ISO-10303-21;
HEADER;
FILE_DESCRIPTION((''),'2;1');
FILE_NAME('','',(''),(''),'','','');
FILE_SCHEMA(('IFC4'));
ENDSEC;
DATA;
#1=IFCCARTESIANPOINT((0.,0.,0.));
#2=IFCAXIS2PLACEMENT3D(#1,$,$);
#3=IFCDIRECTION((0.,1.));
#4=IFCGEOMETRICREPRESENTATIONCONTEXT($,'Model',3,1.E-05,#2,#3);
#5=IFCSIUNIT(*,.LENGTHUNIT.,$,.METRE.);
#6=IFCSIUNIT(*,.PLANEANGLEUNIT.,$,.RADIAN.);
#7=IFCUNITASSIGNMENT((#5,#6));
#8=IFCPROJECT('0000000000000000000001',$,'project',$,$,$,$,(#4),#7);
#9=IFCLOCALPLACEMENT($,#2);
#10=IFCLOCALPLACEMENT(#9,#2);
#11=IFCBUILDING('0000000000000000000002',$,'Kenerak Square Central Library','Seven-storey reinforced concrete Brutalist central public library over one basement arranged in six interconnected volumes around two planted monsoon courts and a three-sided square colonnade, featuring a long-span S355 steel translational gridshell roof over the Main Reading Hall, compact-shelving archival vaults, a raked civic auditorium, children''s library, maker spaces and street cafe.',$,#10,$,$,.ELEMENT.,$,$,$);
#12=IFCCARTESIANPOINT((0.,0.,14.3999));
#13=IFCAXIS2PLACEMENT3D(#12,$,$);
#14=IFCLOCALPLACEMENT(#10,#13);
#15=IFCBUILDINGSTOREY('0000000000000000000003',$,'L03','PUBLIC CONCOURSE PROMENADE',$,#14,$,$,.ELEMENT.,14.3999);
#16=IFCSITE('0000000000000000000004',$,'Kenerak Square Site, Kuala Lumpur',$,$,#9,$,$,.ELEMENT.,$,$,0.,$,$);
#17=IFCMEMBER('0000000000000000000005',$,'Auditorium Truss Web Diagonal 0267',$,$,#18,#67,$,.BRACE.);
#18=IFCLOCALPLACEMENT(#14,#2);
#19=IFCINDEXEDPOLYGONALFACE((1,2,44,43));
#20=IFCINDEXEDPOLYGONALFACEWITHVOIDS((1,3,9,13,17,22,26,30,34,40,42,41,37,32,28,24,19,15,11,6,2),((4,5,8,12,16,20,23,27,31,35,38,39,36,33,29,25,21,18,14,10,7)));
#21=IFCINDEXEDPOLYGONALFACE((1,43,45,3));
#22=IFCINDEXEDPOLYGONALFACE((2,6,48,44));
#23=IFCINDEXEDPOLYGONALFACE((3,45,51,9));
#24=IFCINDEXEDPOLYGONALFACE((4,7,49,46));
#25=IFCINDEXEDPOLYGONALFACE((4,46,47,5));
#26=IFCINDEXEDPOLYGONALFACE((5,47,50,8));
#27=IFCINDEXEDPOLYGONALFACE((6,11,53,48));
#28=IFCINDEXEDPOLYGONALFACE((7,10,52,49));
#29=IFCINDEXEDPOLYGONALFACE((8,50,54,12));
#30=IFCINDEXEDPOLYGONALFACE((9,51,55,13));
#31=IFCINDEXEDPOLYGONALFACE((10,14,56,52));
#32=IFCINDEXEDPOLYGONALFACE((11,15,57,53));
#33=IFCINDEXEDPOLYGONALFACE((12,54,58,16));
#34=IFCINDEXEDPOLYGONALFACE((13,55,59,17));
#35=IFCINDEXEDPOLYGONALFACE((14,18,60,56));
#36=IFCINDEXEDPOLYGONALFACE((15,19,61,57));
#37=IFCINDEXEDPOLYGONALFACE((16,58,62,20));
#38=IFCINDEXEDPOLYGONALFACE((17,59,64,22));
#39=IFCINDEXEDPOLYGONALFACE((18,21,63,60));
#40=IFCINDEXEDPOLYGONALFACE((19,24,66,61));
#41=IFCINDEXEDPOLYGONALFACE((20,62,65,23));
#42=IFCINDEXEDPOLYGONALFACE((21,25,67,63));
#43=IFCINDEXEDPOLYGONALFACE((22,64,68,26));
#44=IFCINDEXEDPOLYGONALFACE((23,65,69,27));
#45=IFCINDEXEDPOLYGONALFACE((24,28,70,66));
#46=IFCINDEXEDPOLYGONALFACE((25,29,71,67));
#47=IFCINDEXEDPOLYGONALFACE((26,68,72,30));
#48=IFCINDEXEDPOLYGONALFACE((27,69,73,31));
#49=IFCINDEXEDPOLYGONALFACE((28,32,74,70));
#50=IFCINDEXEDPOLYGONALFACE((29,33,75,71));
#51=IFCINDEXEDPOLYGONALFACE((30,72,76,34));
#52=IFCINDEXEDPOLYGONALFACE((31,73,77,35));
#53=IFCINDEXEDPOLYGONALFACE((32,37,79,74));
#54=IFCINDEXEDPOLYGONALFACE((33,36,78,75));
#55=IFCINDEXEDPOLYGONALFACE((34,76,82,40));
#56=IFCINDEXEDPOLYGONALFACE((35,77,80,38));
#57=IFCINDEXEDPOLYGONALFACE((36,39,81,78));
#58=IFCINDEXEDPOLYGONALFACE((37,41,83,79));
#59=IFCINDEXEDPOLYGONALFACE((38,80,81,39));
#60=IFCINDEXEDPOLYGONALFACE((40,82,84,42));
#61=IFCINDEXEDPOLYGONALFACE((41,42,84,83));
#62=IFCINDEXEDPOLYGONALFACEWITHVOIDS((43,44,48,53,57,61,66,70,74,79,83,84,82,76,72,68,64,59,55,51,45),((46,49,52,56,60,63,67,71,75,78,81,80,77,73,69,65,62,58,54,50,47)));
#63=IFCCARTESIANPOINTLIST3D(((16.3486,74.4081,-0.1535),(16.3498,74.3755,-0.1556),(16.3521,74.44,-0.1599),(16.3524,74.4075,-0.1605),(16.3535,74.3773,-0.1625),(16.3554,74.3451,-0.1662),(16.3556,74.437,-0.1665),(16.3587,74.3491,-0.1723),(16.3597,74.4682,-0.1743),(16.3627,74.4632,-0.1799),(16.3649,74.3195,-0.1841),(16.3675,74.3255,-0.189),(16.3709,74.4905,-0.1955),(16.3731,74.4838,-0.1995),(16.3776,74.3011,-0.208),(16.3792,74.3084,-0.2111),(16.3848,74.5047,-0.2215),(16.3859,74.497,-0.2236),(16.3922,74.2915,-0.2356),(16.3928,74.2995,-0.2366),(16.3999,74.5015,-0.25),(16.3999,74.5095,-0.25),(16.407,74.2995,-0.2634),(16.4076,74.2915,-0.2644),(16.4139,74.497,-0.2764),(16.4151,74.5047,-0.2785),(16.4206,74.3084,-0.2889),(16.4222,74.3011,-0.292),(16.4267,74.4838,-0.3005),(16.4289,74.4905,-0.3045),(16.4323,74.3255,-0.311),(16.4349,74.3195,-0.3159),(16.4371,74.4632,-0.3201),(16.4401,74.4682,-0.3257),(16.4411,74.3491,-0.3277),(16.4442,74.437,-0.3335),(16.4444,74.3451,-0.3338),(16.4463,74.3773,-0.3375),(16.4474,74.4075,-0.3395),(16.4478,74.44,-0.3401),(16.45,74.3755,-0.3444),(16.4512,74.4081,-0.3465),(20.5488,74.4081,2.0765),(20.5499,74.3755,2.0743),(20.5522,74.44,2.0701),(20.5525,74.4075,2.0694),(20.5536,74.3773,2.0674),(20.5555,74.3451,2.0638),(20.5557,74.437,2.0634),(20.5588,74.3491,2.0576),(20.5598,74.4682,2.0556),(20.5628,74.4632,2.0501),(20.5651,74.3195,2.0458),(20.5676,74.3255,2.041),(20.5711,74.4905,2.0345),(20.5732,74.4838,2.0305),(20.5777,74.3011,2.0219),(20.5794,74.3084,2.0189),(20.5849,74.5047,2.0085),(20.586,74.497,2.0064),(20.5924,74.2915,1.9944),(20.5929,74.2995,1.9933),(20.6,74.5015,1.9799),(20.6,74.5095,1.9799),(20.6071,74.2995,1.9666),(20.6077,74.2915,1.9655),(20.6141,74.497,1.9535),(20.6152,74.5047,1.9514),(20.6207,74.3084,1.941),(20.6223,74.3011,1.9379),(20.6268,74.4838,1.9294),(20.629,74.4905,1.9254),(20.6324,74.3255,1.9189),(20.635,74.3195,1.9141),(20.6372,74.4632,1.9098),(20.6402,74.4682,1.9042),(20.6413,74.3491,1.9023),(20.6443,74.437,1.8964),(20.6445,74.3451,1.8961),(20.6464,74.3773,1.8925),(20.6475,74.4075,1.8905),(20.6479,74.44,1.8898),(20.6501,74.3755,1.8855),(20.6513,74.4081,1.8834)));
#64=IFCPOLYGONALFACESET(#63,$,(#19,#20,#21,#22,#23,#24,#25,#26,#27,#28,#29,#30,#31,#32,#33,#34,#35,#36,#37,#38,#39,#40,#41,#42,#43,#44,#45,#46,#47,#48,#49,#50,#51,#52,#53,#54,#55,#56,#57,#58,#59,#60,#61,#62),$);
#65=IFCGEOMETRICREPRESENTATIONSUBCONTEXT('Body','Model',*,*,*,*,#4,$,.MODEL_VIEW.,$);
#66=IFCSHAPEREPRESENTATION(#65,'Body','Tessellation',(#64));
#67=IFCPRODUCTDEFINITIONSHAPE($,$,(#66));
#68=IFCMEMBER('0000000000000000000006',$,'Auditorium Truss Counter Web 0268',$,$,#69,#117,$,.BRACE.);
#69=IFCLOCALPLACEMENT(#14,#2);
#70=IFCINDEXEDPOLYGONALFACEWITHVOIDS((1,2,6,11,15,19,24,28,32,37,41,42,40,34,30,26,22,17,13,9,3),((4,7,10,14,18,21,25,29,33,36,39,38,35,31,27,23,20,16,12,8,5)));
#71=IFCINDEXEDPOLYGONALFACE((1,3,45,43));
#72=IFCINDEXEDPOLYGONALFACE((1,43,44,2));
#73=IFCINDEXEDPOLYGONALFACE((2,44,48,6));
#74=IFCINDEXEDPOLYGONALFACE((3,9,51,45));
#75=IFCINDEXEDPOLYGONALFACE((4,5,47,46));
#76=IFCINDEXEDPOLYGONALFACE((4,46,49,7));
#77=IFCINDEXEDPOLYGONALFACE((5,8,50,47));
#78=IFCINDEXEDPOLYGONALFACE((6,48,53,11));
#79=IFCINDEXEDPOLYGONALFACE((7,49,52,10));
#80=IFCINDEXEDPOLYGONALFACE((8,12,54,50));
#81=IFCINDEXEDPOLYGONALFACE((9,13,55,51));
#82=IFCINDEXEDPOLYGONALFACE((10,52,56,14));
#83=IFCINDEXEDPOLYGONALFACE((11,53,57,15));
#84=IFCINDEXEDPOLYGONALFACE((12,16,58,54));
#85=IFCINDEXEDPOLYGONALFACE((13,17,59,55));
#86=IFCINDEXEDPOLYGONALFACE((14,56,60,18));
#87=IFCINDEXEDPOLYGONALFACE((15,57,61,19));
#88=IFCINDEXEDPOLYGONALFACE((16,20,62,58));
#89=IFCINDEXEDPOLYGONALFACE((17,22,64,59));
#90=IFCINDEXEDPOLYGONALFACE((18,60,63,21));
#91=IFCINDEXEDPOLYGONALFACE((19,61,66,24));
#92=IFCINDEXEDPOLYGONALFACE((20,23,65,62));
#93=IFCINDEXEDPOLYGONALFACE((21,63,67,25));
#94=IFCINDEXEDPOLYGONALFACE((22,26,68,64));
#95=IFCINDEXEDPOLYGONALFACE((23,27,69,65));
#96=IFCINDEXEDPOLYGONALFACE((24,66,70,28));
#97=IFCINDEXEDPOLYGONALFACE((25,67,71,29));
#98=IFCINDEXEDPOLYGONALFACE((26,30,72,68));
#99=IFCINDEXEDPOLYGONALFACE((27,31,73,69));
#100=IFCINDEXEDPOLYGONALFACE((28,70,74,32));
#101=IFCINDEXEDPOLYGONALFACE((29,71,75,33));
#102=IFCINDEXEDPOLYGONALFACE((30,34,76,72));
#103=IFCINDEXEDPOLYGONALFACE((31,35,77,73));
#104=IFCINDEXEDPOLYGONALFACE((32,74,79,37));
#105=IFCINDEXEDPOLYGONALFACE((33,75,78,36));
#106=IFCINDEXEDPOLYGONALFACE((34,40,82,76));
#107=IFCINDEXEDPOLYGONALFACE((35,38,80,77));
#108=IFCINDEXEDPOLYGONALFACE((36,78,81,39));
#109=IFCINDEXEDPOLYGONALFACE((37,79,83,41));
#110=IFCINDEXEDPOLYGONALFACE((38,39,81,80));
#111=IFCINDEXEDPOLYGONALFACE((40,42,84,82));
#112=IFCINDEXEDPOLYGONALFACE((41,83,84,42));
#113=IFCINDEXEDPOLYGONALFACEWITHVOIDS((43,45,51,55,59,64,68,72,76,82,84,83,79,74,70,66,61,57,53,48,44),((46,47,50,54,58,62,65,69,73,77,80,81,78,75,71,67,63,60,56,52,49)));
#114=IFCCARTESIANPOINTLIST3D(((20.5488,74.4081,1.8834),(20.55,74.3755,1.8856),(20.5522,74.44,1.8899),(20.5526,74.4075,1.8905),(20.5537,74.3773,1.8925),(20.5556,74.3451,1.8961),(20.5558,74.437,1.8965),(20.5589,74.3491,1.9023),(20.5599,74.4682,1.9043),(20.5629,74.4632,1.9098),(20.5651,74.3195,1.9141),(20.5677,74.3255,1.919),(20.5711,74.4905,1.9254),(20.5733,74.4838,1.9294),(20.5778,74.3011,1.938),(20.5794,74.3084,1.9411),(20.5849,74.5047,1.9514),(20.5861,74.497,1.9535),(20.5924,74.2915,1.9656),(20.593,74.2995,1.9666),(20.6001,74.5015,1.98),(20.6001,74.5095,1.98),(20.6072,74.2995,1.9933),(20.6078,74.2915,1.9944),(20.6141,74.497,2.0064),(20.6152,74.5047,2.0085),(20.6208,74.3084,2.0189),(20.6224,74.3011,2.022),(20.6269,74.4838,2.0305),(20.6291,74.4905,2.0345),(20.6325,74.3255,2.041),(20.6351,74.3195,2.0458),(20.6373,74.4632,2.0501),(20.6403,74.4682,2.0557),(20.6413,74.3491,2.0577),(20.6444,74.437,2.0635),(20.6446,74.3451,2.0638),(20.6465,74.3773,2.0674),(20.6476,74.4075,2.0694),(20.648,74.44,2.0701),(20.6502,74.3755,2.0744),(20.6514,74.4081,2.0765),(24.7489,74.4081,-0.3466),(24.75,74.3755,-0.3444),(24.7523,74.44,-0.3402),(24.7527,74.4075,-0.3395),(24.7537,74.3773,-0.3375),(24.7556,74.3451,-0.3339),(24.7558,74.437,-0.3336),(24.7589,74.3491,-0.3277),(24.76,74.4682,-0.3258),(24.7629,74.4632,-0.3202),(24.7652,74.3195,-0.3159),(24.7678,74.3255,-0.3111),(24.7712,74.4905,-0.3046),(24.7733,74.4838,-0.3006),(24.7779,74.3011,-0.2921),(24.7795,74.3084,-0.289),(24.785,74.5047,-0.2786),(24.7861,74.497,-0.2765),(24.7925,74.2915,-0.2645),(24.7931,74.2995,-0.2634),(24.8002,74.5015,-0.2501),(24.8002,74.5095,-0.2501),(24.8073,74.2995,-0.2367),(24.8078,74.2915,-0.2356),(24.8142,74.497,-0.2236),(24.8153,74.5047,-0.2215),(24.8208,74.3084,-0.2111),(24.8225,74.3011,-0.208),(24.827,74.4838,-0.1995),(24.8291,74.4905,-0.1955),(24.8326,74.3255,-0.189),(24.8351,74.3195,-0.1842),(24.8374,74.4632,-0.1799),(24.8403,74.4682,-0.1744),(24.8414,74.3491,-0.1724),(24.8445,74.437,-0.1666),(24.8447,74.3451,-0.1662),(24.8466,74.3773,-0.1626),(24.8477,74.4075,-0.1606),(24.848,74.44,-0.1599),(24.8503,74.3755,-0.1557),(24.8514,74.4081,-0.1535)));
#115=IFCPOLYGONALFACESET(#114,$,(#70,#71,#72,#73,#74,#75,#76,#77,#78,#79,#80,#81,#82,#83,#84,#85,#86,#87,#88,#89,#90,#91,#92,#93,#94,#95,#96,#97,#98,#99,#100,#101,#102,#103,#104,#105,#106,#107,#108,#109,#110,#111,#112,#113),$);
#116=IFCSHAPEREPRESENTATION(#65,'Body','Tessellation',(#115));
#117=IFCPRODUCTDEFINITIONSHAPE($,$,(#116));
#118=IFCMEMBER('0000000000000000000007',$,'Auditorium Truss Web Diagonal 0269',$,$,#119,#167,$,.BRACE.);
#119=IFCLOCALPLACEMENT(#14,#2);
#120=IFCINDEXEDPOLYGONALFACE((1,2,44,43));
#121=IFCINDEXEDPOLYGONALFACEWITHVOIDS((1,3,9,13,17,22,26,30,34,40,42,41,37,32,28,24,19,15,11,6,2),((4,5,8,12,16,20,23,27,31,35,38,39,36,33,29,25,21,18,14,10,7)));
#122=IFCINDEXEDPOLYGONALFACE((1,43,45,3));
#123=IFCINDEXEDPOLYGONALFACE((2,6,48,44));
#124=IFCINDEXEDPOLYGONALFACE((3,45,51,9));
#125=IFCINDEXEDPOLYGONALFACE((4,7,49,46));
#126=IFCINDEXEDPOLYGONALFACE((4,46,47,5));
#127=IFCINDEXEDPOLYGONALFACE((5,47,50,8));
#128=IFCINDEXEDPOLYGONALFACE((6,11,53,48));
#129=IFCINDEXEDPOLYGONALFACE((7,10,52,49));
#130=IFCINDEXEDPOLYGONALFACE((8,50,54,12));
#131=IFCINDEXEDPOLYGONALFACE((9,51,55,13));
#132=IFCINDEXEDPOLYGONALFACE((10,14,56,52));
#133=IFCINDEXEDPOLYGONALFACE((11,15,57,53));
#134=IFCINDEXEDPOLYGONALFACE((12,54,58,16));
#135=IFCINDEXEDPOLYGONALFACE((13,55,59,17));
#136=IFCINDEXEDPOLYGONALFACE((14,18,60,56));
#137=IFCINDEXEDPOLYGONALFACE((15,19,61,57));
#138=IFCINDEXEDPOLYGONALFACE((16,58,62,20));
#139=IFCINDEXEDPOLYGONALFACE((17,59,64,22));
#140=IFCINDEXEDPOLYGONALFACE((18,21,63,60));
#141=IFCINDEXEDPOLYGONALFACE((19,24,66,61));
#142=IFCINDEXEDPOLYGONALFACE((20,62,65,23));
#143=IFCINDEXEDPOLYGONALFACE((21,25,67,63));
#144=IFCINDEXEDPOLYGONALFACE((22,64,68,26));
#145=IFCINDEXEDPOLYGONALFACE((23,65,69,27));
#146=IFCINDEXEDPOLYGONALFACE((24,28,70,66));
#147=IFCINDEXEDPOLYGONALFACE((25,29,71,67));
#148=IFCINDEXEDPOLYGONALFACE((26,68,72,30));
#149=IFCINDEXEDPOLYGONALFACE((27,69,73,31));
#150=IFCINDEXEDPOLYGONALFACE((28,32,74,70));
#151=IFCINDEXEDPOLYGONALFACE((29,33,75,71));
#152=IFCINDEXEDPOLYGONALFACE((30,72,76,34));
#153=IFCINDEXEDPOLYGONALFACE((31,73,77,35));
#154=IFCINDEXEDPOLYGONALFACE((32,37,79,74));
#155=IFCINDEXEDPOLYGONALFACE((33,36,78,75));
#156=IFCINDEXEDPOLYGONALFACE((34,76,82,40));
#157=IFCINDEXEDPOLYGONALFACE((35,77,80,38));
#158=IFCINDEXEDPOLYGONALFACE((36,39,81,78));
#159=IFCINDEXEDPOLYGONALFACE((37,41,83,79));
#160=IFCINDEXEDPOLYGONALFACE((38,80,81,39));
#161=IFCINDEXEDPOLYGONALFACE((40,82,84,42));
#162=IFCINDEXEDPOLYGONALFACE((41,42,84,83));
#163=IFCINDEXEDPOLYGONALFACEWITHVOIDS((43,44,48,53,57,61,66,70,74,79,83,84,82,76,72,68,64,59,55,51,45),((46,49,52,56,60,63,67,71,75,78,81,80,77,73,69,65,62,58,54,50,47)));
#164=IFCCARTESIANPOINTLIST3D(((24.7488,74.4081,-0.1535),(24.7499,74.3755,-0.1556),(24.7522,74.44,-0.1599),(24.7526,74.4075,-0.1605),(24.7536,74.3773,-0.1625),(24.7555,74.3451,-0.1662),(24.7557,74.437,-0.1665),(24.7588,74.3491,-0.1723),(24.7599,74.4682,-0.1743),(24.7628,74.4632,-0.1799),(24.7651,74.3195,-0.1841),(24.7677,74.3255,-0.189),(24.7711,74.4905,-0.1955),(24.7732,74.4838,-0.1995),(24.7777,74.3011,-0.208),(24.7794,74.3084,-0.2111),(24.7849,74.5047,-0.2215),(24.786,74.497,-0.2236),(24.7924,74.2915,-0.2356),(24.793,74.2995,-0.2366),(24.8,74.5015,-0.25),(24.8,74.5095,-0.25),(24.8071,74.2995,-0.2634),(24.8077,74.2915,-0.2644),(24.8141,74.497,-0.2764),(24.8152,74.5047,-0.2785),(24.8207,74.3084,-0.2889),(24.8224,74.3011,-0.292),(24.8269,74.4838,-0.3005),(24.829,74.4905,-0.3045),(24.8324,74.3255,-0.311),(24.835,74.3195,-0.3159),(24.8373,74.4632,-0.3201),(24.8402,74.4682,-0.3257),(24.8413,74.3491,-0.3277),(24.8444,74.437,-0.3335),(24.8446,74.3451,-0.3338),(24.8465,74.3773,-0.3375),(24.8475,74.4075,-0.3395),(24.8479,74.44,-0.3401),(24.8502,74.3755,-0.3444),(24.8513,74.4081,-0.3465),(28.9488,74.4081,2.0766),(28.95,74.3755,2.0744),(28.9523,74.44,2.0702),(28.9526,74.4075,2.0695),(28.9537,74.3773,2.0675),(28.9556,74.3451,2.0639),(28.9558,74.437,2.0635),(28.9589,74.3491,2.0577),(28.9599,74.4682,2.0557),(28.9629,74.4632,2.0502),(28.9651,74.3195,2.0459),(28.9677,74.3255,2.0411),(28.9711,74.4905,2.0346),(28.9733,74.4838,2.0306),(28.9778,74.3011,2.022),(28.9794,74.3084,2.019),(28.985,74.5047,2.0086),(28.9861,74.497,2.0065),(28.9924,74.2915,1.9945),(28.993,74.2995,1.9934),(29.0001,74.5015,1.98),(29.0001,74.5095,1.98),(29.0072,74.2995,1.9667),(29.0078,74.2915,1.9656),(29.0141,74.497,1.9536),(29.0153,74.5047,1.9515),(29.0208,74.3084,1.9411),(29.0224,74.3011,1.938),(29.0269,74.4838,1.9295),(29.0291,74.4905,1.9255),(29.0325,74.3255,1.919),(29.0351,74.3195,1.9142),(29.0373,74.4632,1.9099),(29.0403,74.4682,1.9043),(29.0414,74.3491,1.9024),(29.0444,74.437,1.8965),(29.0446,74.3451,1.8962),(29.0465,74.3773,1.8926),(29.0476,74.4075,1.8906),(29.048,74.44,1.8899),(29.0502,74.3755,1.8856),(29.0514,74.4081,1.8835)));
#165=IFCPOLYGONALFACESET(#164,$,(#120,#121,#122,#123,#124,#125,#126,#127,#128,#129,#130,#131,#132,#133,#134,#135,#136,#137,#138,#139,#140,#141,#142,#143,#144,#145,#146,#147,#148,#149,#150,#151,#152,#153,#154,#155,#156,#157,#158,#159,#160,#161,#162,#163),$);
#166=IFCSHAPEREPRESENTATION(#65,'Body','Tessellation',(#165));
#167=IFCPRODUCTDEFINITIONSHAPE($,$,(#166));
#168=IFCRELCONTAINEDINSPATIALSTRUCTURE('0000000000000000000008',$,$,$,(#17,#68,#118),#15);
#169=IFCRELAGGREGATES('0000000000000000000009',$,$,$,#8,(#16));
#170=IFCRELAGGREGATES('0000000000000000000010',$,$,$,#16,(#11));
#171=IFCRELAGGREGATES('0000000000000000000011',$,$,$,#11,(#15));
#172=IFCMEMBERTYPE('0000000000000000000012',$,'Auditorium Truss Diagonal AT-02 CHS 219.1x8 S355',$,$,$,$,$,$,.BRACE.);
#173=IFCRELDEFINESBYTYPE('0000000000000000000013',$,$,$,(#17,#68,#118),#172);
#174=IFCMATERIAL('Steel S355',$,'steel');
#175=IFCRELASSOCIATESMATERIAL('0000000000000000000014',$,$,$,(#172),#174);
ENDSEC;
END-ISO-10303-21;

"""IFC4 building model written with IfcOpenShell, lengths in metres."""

from ifc_helpers import new_model, si_unit, direction, frame, origin, origin_2d, place, context, subcontext, project, spatial, hollow_circle, extrude, material, material_profile, profile_set, type_object, element, save


model = new_model("IFC4")

# Units and contexts
model_context = context("Model", 3, precision=1e-05, world=origin(), true_north=direction((0.0, 1.0)))
body_context = subcontext(model_context, "Body", "Model", "MODEL_VIEW")
ifc_project = project(units=[si_unit("LENGTHUNIT", "METRE"), si_unit("PLANEANGLEUNIT", "RADIAN")], contexts=[model_context])

# Site, building, storey
site_placement = place(None, origin())
site = spatial("IfcSite", under=ifc_project, at=site_placement, Name="Kenerak Square Site, Kuala Lumpur", CompositionType="ELEMENT", RefElevation=0.0)
building_placement = place(site_placement, origin())
building = spatial("IfcBuilding", under=site, at=building_placement, Name="Kenerak Square Central Library", Description="Seven-storey reinforced concrete Brutalist central public library over one basement arranged in six interconnected volumes around two planted monsoon courts and a three-sided square colonnade, featuring a long-span S355 steel translational gridshell roof over the Main Reading Hall, compact-shelving archival vaults, a raked civic auditorium, children's library, maker spaces and street cafe.", CompositionType="ELEMENT")
storey_placement = place(building_placement, frame((0.0, 0.0, 14.3999)))
storey = spatial("IfcBuildingStorey", under=building, at=storey_placement, Name="L03", Description="PUBLIC CONCOURSE PROMENADE", CompositionType="ELEMENT", Elevation=14.3999)

# Shared definitions
ifc_material_1 = material(Name="Steel S355", Category="steel")

# Members
ifc_material_profile_1 = material_profile(ifc_material_1, hollow_circle(Radius=0.1096, WallThickness=0.0081, at=origin_2d()), Name="CHS 219.1x8.0")
ifc_profile_set_1 = profile_set([ifc_material_profile_1], Name="Steel S355")
member_type = type_object("IfcMemberType", Name="Auditorium Truss Diagonal AT-02 CHS 219.1x8 S355", PredefinedType="BRACE", material=ifc_profile_set_1)
for number, where, z_axis, x_axis, name in (
    (1, (16.3999, 74.3999, -0.25), (0.883235, 0.0, 0.46893), (0.0, 1.0, 0.0), "Auditorium Truss Web Diagonal 0267"),
    (2, (20.6001, 74.3999, 1.98), (0.883224, 0.0, -0.468951), (0.0, 1.0, 0.0), "Auditorium Truss Counter Web 0268"),
    (3, (24.8, 74.3999, -0.25), (0.883224, 0.0, 0.468951), (0.0, 1.0, 0.0), "Auditorium Truss Web Diagonal 0269"),
):
    element("IfcMember", number, at=place(storey_placement, frame(where, z_axis=z_axis, x_axis=x_axis)), inside=storey, type_object=member_type, Name=name, PredefinedType="BRACE", context=body_context, shape_type="SweptSolid", body=[
        extrude(hollow_circle(Radius=0.1096, WallThickness=0.0081, at=origin_2d()), origin(), (0.0, 0.0, 1.0), 4.7554),
    ])

save(model, "model.ifc")
